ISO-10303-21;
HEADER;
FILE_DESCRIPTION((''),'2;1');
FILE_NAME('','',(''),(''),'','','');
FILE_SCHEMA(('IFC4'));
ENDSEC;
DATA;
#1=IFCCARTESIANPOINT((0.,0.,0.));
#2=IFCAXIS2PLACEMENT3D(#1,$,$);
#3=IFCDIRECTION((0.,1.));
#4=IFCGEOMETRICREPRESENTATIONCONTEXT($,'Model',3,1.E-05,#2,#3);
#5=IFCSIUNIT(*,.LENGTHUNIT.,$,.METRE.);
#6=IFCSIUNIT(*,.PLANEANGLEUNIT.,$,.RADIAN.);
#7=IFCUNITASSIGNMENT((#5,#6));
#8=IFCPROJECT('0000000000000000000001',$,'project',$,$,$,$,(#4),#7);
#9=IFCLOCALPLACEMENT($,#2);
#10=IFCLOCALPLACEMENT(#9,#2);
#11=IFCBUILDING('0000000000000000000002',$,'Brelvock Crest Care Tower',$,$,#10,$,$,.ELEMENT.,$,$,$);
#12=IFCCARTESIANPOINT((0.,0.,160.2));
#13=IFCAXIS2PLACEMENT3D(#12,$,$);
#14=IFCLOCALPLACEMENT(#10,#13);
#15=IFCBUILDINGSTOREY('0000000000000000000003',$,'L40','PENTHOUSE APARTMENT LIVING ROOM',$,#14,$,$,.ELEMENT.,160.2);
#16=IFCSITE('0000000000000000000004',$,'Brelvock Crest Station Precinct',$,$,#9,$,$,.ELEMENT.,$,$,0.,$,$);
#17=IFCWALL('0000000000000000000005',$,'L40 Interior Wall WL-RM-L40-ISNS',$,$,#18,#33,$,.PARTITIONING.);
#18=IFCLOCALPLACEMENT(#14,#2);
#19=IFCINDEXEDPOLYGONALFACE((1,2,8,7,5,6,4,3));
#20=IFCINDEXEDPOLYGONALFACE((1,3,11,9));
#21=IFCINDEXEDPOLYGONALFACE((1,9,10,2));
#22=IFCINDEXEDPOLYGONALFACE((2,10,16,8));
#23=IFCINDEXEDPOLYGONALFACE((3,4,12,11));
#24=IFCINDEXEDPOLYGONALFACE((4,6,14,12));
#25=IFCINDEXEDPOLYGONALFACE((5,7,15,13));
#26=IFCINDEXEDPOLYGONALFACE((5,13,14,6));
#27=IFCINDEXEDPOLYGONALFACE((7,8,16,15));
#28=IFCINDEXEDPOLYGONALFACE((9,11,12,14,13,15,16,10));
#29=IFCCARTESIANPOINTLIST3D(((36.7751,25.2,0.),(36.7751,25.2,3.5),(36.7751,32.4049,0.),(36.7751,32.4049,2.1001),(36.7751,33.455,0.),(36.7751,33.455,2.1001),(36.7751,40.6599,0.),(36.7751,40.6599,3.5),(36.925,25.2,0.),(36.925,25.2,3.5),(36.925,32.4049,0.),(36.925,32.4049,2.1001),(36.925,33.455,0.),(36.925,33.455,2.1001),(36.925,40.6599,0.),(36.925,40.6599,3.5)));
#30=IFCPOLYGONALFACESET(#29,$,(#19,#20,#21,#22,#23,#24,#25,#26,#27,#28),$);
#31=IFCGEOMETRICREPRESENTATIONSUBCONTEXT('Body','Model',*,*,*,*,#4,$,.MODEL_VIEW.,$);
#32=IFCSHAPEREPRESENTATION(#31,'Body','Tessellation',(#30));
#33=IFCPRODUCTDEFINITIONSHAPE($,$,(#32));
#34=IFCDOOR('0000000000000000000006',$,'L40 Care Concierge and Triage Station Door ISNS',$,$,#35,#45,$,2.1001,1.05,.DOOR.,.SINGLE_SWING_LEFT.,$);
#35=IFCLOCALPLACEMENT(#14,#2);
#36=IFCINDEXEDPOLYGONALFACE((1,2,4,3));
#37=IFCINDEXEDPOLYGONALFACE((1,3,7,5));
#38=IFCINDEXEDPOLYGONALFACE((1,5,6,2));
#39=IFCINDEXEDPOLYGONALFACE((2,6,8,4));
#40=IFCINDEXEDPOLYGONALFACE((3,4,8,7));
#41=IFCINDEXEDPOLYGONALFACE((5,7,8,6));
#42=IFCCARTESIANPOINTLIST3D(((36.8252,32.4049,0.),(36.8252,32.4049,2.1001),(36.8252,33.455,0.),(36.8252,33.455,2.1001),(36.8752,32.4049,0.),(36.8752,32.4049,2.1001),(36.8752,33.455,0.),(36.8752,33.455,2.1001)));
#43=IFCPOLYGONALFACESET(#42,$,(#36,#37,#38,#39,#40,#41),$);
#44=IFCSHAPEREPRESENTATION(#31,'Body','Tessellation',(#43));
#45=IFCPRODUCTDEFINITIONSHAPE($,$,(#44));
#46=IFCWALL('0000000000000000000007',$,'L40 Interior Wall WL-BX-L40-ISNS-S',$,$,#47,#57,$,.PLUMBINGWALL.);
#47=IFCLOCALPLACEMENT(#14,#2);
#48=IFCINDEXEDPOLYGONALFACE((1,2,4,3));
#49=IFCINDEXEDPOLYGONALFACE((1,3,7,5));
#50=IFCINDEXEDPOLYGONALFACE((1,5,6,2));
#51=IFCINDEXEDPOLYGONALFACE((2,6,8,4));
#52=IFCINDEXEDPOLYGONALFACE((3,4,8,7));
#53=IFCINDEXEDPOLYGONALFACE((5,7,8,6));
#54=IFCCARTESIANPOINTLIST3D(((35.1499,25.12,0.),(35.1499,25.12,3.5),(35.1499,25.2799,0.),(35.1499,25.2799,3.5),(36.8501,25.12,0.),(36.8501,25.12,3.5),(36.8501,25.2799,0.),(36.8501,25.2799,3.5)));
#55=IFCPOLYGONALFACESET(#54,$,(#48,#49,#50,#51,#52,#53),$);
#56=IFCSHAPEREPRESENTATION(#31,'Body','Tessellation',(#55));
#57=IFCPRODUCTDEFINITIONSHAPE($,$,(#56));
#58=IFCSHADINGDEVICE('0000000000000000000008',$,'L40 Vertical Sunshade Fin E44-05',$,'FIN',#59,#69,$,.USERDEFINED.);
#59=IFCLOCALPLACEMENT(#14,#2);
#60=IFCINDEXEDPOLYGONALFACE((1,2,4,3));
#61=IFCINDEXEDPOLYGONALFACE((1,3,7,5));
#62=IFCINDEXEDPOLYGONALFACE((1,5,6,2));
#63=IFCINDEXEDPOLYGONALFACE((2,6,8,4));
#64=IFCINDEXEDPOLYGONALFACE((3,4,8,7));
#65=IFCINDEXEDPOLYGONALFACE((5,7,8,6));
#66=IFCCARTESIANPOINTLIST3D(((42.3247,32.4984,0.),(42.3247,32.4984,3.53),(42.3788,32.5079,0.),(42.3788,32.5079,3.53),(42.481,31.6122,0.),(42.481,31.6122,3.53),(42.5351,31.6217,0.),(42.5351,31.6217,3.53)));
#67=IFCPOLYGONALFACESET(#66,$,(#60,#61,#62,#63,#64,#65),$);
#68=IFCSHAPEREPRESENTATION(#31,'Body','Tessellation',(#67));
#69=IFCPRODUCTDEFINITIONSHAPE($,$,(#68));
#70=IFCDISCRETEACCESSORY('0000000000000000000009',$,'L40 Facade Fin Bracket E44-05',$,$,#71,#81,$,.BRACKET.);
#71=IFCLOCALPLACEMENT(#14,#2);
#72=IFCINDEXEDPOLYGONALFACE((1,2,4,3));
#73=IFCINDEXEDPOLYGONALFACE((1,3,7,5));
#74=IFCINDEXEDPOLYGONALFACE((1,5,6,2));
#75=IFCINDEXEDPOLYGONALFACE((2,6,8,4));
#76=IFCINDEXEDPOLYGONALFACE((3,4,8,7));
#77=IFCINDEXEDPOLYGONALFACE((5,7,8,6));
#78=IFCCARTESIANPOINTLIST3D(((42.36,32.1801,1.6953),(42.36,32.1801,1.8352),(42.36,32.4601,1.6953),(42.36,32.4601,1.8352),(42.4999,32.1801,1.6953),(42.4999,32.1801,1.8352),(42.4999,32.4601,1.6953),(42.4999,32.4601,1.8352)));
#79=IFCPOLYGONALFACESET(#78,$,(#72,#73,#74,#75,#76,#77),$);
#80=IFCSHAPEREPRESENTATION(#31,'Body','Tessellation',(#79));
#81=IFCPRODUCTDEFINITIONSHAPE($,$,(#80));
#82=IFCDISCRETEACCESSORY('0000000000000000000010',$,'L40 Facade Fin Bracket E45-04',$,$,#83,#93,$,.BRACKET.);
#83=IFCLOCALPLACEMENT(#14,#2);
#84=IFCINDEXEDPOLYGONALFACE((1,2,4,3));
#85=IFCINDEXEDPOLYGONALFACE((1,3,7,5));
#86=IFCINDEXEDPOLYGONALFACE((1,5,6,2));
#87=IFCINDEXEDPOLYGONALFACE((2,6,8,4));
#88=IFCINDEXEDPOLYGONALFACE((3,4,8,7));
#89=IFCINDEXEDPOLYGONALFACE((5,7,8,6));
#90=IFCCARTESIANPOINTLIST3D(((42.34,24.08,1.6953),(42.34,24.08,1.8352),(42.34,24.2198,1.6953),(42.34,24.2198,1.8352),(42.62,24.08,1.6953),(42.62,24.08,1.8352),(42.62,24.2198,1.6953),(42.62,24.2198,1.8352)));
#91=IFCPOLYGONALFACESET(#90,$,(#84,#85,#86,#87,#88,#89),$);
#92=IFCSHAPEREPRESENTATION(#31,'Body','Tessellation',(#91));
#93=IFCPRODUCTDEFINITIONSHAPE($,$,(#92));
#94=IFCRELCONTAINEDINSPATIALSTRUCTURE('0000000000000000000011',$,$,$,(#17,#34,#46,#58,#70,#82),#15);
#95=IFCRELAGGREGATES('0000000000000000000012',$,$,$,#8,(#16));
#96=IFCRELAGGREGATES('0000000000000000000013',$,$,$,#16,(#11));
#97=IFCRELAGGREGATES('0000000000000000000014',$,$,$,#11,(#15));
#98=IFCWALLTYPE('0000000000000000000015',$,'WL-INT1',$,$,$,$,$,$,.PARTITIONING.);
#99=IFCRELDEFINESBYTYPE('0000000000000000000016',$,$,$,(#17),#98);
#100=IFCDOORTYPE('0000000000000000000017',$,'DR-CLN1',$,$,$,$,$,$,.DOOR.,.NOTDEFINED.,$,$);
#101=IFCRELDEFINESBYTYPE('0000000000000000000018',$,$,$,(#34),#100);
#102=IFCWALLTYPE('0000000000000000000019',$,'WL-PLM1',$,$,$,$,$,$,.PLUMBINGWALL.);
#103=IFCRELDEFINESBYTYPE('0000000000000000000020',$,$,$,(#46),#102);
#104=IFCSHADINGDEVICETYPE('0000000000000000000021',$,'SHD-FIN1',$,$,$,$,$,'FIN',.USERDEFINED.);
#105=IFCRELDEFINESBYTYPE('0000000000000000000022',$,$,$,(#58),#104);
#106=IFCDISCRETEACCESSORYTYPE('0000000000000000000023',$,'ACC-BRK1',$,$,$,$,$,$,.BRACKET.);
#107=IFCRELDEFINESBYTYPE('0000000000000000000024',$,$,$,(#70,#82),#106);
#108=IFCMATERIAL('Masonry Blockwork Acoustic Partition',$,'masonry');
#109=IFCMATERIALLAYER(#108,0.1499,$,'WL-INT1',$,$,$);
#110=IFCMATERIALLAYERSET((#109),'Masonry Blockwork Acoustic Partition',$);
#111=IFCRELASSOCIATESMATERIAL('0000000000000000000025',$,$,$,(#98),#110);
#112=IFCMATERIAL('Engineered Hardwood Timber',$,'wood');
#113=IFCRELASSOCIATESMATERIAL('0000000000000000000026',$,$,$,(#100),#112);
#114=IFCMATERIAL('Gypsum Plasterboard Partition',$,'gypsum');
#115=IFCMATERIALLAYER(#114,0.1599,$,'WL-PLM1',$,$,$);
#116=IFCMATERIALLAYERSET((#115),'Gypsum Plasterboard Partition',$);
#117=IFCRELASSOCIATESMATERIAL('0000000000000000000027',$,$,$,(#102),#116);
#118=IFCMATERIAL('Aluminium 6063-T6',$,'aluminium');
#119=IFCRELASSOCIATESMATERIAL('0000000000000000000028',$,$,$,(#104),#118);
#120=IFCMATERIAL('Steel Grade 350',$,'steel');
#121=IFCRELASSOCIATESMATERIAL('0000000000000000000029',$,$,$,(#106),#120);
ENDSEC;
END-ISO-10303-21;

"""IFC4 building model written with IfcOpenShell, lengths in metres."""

from ifc_helpers import new_model, si_unit, direction, frame, frame_2d, origin, origin_2d, place, context, subcontext, project, spatial, rectangle, extrude, source, transform, mapped, material, layer, layer_set, material_profile, profile_set, type_object, element, fill, save


model = new_model("IFC4")

# Units and contexts
model_context = context("Model", 3, precision=1e-05, world=origin(), true_north=direction((0.0, 1.0)))
body_context = subcontext(model_context, "Body", "Model", "MODEL_VIEW")
ifc_project = project(units=[si_unit("LENGTHUNIT", "METRE"), si_unit("PLANEANGLEUNIT", "RADIAN")], contexts=[model_context])

# Site, building, storey
site_placement = place(None, origin())
site = spatial("IfcSite", under=ifc_project, at=site_placement, Name="Brelvock Crest Station Precinct", CompositionType="ELEMENT", RefElevation=0.0)
building_placement = place(site_placement, origin())
building = spatial("IfcBuilding", under=site, at=building_placement, Name="Brelvock Crest Care Tower", CompositionType="ELEMENT")
storey_placement = place(building_placement, frame((0.0, 0.0, 160.2)))
storey = spatial("IfcBuildingStorey", under=building, at=storey_placement, Name="L40", Description="PENTHOUSE APARTMENT LIVING ROOM", CompositionType="ELEMENT", Elevation=160.2)

# Shared definitions
ifc_material_1 = material(Name="Aluminium 6063-T6", Category="aluminium")

# Shared definitions
ifc_material_2 = material(Name="Masonry Blockwork Acoustic Partition", Category="masonry")
ifc_layer_1 = layer(ifc_material_2, 0.1499, Name="WL-INT1")
ifc_layer_set_1 = layer_set([ifc_layer_1], Name="Masonry Blockwork Acoustic Partition")
wall_type_1 = type_object("IfcWallType", Name="WL-INT1", PredefinedType="PARTITIONING", material=ifc_layer_set_1)

# Wall, opening, door
wall_1_placement = place(storey_placement, frame((36.8501, 25.2, 0.0), z_axis=(0.0, 0.0, 1.0), x_axis=(0.0, 1.0, 0.0)))
wall_1 = element("IfcWall", 1, at=wall_1_placement, inside=storey, type_object=wall_type_1, Name="L40 Interior Wall WL-RM-L40-ISNS", PredefinedType="PARTITIONING", context=body_context, shape_type="SweptSolid", body=[
    extrude(rectangle(XDim=15.46, YDim=0.1499, at=frame_2d((7.73, 0.0))), origin(), (0.0, 0.0, 1.0), 3.5),
])
opening_placement = place(wall_1_placement, frame((7.2051, 0.0, 0.0)))
opening = element("IfcOpeningElement", 2, at=opening_placement, cuts=wall_1, PredefinedType="OPENING", context=body_context, shape_type="SweptSolid", body=[
    extrude(rectangle(XDim=1.05, YDim=2.1001, at=origin_2d()), frame((0.5249, 0.085, 1.05), z_axis=(0.0, -1.0, 0.0), x_axis=(1.0, 0.0, 0.0)), (0.0, 0.0, 1.0), 0.1699),
])
ifc_material_3 = material(Name="Engineered Hardwood Timber", Category="wood")
door_type = type_object("IfcDoorType", Name="DR-CLN1", OperationType="NOTDEFINED", PredefinedType="DOOR", material=ifc_material_3)
shared_shape_1 = source(origin(), body_context, "Body", "SweptSolid", [
    extrude(rectangle(XDim=1.05, YDim=2.1001, at=origin_2d()), frame((0.5249, 0.0249, 1.05), z_axis=(0.0, -1.0, 0.0), x_axis=(1.0, 0.0, 0.0)), (0.0, 0.0, 1.0), 0.05),
])
door_placement = place(opening_placement, origin())
door = element("IfcDoor", 3, at=door_placement, inside=storey, type_object=door_type, Name="L40 Care Concierge and Triage Station Door ISNS", OperationType="SINGLE_SWING_LEFT", OverallHeight=2.1001, OverallWidth=1.05, PredefinedType="DOOR", context=body_context, shape_type="MappedRepresentation", body=[
    mapped(shared_shape_1, transform((0.0, 0.0, 0.0), x_axis=(1.0, 0.0, 0.0), y_axis=(0.0, 1.0, 0.0), z_axis=(0.0, 0.0, 1.0), scale=1.0)),
])
fill(opening, door)

# Wall
ifc_material_4 = material(Name="Gypsum Plasterboard Partition", Category="gypsum")
ifc_layer_2 = layer(ifc_material_4, 0.1599, Name="WL-PLM1")
ifc_layer_set_2 = layer_set([ifc_layer_2], Name="Gypsum Plasterboard Partition")
wall_type_2 = type_object("IfcWallType", Name="WL-PLM1", PredefinedType="PLUMBINGWALL", material=ifc_layer_set_2)
wall_2_placement = place(storey_placement, frame((35.1499, 25.2, 0.0), z_axis=(0.0, 0.0, 1.0), x_axis=(1.0, 0.0, 0.0)))
element("IfcWall", 4, at=wall_2_placement, inside=storey, type_object=wall_type_2, Name="L40 Interior Wall WL-BX-L40-ISNS-S", PredefinedType="PLUMBINGWALL", context=body_context, shape_type="SweptSolid", body=[
    extrude(rectangle(XDim=1.7002, YDim=0.1599, at=frame_2d((0.8501, 0.0))), origin(), (0.0, 0.0, 1.0), 3.5),
])

# Shading device
ifc_material_profile_1 = material_profile(ifc_material_1, rectangle(XDim=0.0549, YDim=0.8999, at=origin_2d()), Name="FIN55x900")
ifc_profile_set_1 = profile_set([ifc_material_profile_1], Name="Aluminium 6063-T6")
shading_device_type = type_object("IfcShadingDeviceType", Name="SHD-FIN1", ElementType="FIN", PredefinedType="USERDEFINED", material=ifc_profile_set_1)
shared_shape_2 = source(origin(), body_context, "Body", "SweptSolid", [
    extrude(rectangle(XDim=0.0549, YDim=0.8999, at=origin_2d()), origin(), (0.0, 0.0, 1.0), 3.53),
])
shading_device_placement = place(storey_placement, frame((42.4299, 32.0601, 0.0), z_axis=(0.0, 0.0, 1.0), x_axis=(-0.984808, -0.173648, 0.0)))
element("IfcShadingDevice", 5, at=shading_device_placement, inside=storey, type_object=shading_device_type, Name="L40 Vertical Sunshade Fin E44-05", ObjectType="FIN", PredefinedType="USERDEFINED", context=body_context, shape_type="MappedRepresentation", body=[
    mapped(shared_shape_2, transform((0.0, 0.0, 0.0), x_axis=(1.0, 0.0, 0.0), y_axis=(0.0, 1.0, 0.0), z_axis=(0.0, 0.0, 1.0), scale=1.0)),
])

# Discrete accessories
ifc_material_5 = material(Name="Steel Grade 350", Category="steel")
discrete_accessory_type = type_object("IfcDiscreteAccessoryType", Name="ACC-BRK1", PredefinedType="BRACKET", material=ifc_material_5)
shared_shape_3 = source(origin(), body_context, "Body", "SweptSolid", [
    extrude(rectangle(XDim=0.28, YDim=0.1399, at=origin_2d()), origin(), (0.0, 0.0, 1.0), 0.1399),
])
for number, where, z_axis, x_axis, name in (
    (6, (42.4299, 32.3201, 1.6953), (0.0, 0.0, 1.0), (0.0, -1.0, 0.0), "L40 Facade Fin Bracket E44-05"),
    (7, (42.48, 24.1499, 1.6953), (0.0, 0.0, 1.0), (1.0, 0.0, 0.0), "L40 Facade Fin Bracket E45-04"),
):
    element("IfcDiscreteAccessory", number, at=place(storey_placement, frame(where, z_axis=z_axis, x_axis=x_axis)), inside=storey, type_object=discrete_accessory_type, Name=name, PredefinedType="BRACKET", context=body_context, shape_type="MappedRepresentation", body=[
        mapped(shared_shape_3, transform((0.0, 0.0, 0.0), x_axis=(1.0, 0.0, 0.0), y_axis=(0.0, 1.0, 0.0), z_axis=(0.0, 0.0, 1.0), scale=1.0)),
    ])

save(model, "model.ifc")
